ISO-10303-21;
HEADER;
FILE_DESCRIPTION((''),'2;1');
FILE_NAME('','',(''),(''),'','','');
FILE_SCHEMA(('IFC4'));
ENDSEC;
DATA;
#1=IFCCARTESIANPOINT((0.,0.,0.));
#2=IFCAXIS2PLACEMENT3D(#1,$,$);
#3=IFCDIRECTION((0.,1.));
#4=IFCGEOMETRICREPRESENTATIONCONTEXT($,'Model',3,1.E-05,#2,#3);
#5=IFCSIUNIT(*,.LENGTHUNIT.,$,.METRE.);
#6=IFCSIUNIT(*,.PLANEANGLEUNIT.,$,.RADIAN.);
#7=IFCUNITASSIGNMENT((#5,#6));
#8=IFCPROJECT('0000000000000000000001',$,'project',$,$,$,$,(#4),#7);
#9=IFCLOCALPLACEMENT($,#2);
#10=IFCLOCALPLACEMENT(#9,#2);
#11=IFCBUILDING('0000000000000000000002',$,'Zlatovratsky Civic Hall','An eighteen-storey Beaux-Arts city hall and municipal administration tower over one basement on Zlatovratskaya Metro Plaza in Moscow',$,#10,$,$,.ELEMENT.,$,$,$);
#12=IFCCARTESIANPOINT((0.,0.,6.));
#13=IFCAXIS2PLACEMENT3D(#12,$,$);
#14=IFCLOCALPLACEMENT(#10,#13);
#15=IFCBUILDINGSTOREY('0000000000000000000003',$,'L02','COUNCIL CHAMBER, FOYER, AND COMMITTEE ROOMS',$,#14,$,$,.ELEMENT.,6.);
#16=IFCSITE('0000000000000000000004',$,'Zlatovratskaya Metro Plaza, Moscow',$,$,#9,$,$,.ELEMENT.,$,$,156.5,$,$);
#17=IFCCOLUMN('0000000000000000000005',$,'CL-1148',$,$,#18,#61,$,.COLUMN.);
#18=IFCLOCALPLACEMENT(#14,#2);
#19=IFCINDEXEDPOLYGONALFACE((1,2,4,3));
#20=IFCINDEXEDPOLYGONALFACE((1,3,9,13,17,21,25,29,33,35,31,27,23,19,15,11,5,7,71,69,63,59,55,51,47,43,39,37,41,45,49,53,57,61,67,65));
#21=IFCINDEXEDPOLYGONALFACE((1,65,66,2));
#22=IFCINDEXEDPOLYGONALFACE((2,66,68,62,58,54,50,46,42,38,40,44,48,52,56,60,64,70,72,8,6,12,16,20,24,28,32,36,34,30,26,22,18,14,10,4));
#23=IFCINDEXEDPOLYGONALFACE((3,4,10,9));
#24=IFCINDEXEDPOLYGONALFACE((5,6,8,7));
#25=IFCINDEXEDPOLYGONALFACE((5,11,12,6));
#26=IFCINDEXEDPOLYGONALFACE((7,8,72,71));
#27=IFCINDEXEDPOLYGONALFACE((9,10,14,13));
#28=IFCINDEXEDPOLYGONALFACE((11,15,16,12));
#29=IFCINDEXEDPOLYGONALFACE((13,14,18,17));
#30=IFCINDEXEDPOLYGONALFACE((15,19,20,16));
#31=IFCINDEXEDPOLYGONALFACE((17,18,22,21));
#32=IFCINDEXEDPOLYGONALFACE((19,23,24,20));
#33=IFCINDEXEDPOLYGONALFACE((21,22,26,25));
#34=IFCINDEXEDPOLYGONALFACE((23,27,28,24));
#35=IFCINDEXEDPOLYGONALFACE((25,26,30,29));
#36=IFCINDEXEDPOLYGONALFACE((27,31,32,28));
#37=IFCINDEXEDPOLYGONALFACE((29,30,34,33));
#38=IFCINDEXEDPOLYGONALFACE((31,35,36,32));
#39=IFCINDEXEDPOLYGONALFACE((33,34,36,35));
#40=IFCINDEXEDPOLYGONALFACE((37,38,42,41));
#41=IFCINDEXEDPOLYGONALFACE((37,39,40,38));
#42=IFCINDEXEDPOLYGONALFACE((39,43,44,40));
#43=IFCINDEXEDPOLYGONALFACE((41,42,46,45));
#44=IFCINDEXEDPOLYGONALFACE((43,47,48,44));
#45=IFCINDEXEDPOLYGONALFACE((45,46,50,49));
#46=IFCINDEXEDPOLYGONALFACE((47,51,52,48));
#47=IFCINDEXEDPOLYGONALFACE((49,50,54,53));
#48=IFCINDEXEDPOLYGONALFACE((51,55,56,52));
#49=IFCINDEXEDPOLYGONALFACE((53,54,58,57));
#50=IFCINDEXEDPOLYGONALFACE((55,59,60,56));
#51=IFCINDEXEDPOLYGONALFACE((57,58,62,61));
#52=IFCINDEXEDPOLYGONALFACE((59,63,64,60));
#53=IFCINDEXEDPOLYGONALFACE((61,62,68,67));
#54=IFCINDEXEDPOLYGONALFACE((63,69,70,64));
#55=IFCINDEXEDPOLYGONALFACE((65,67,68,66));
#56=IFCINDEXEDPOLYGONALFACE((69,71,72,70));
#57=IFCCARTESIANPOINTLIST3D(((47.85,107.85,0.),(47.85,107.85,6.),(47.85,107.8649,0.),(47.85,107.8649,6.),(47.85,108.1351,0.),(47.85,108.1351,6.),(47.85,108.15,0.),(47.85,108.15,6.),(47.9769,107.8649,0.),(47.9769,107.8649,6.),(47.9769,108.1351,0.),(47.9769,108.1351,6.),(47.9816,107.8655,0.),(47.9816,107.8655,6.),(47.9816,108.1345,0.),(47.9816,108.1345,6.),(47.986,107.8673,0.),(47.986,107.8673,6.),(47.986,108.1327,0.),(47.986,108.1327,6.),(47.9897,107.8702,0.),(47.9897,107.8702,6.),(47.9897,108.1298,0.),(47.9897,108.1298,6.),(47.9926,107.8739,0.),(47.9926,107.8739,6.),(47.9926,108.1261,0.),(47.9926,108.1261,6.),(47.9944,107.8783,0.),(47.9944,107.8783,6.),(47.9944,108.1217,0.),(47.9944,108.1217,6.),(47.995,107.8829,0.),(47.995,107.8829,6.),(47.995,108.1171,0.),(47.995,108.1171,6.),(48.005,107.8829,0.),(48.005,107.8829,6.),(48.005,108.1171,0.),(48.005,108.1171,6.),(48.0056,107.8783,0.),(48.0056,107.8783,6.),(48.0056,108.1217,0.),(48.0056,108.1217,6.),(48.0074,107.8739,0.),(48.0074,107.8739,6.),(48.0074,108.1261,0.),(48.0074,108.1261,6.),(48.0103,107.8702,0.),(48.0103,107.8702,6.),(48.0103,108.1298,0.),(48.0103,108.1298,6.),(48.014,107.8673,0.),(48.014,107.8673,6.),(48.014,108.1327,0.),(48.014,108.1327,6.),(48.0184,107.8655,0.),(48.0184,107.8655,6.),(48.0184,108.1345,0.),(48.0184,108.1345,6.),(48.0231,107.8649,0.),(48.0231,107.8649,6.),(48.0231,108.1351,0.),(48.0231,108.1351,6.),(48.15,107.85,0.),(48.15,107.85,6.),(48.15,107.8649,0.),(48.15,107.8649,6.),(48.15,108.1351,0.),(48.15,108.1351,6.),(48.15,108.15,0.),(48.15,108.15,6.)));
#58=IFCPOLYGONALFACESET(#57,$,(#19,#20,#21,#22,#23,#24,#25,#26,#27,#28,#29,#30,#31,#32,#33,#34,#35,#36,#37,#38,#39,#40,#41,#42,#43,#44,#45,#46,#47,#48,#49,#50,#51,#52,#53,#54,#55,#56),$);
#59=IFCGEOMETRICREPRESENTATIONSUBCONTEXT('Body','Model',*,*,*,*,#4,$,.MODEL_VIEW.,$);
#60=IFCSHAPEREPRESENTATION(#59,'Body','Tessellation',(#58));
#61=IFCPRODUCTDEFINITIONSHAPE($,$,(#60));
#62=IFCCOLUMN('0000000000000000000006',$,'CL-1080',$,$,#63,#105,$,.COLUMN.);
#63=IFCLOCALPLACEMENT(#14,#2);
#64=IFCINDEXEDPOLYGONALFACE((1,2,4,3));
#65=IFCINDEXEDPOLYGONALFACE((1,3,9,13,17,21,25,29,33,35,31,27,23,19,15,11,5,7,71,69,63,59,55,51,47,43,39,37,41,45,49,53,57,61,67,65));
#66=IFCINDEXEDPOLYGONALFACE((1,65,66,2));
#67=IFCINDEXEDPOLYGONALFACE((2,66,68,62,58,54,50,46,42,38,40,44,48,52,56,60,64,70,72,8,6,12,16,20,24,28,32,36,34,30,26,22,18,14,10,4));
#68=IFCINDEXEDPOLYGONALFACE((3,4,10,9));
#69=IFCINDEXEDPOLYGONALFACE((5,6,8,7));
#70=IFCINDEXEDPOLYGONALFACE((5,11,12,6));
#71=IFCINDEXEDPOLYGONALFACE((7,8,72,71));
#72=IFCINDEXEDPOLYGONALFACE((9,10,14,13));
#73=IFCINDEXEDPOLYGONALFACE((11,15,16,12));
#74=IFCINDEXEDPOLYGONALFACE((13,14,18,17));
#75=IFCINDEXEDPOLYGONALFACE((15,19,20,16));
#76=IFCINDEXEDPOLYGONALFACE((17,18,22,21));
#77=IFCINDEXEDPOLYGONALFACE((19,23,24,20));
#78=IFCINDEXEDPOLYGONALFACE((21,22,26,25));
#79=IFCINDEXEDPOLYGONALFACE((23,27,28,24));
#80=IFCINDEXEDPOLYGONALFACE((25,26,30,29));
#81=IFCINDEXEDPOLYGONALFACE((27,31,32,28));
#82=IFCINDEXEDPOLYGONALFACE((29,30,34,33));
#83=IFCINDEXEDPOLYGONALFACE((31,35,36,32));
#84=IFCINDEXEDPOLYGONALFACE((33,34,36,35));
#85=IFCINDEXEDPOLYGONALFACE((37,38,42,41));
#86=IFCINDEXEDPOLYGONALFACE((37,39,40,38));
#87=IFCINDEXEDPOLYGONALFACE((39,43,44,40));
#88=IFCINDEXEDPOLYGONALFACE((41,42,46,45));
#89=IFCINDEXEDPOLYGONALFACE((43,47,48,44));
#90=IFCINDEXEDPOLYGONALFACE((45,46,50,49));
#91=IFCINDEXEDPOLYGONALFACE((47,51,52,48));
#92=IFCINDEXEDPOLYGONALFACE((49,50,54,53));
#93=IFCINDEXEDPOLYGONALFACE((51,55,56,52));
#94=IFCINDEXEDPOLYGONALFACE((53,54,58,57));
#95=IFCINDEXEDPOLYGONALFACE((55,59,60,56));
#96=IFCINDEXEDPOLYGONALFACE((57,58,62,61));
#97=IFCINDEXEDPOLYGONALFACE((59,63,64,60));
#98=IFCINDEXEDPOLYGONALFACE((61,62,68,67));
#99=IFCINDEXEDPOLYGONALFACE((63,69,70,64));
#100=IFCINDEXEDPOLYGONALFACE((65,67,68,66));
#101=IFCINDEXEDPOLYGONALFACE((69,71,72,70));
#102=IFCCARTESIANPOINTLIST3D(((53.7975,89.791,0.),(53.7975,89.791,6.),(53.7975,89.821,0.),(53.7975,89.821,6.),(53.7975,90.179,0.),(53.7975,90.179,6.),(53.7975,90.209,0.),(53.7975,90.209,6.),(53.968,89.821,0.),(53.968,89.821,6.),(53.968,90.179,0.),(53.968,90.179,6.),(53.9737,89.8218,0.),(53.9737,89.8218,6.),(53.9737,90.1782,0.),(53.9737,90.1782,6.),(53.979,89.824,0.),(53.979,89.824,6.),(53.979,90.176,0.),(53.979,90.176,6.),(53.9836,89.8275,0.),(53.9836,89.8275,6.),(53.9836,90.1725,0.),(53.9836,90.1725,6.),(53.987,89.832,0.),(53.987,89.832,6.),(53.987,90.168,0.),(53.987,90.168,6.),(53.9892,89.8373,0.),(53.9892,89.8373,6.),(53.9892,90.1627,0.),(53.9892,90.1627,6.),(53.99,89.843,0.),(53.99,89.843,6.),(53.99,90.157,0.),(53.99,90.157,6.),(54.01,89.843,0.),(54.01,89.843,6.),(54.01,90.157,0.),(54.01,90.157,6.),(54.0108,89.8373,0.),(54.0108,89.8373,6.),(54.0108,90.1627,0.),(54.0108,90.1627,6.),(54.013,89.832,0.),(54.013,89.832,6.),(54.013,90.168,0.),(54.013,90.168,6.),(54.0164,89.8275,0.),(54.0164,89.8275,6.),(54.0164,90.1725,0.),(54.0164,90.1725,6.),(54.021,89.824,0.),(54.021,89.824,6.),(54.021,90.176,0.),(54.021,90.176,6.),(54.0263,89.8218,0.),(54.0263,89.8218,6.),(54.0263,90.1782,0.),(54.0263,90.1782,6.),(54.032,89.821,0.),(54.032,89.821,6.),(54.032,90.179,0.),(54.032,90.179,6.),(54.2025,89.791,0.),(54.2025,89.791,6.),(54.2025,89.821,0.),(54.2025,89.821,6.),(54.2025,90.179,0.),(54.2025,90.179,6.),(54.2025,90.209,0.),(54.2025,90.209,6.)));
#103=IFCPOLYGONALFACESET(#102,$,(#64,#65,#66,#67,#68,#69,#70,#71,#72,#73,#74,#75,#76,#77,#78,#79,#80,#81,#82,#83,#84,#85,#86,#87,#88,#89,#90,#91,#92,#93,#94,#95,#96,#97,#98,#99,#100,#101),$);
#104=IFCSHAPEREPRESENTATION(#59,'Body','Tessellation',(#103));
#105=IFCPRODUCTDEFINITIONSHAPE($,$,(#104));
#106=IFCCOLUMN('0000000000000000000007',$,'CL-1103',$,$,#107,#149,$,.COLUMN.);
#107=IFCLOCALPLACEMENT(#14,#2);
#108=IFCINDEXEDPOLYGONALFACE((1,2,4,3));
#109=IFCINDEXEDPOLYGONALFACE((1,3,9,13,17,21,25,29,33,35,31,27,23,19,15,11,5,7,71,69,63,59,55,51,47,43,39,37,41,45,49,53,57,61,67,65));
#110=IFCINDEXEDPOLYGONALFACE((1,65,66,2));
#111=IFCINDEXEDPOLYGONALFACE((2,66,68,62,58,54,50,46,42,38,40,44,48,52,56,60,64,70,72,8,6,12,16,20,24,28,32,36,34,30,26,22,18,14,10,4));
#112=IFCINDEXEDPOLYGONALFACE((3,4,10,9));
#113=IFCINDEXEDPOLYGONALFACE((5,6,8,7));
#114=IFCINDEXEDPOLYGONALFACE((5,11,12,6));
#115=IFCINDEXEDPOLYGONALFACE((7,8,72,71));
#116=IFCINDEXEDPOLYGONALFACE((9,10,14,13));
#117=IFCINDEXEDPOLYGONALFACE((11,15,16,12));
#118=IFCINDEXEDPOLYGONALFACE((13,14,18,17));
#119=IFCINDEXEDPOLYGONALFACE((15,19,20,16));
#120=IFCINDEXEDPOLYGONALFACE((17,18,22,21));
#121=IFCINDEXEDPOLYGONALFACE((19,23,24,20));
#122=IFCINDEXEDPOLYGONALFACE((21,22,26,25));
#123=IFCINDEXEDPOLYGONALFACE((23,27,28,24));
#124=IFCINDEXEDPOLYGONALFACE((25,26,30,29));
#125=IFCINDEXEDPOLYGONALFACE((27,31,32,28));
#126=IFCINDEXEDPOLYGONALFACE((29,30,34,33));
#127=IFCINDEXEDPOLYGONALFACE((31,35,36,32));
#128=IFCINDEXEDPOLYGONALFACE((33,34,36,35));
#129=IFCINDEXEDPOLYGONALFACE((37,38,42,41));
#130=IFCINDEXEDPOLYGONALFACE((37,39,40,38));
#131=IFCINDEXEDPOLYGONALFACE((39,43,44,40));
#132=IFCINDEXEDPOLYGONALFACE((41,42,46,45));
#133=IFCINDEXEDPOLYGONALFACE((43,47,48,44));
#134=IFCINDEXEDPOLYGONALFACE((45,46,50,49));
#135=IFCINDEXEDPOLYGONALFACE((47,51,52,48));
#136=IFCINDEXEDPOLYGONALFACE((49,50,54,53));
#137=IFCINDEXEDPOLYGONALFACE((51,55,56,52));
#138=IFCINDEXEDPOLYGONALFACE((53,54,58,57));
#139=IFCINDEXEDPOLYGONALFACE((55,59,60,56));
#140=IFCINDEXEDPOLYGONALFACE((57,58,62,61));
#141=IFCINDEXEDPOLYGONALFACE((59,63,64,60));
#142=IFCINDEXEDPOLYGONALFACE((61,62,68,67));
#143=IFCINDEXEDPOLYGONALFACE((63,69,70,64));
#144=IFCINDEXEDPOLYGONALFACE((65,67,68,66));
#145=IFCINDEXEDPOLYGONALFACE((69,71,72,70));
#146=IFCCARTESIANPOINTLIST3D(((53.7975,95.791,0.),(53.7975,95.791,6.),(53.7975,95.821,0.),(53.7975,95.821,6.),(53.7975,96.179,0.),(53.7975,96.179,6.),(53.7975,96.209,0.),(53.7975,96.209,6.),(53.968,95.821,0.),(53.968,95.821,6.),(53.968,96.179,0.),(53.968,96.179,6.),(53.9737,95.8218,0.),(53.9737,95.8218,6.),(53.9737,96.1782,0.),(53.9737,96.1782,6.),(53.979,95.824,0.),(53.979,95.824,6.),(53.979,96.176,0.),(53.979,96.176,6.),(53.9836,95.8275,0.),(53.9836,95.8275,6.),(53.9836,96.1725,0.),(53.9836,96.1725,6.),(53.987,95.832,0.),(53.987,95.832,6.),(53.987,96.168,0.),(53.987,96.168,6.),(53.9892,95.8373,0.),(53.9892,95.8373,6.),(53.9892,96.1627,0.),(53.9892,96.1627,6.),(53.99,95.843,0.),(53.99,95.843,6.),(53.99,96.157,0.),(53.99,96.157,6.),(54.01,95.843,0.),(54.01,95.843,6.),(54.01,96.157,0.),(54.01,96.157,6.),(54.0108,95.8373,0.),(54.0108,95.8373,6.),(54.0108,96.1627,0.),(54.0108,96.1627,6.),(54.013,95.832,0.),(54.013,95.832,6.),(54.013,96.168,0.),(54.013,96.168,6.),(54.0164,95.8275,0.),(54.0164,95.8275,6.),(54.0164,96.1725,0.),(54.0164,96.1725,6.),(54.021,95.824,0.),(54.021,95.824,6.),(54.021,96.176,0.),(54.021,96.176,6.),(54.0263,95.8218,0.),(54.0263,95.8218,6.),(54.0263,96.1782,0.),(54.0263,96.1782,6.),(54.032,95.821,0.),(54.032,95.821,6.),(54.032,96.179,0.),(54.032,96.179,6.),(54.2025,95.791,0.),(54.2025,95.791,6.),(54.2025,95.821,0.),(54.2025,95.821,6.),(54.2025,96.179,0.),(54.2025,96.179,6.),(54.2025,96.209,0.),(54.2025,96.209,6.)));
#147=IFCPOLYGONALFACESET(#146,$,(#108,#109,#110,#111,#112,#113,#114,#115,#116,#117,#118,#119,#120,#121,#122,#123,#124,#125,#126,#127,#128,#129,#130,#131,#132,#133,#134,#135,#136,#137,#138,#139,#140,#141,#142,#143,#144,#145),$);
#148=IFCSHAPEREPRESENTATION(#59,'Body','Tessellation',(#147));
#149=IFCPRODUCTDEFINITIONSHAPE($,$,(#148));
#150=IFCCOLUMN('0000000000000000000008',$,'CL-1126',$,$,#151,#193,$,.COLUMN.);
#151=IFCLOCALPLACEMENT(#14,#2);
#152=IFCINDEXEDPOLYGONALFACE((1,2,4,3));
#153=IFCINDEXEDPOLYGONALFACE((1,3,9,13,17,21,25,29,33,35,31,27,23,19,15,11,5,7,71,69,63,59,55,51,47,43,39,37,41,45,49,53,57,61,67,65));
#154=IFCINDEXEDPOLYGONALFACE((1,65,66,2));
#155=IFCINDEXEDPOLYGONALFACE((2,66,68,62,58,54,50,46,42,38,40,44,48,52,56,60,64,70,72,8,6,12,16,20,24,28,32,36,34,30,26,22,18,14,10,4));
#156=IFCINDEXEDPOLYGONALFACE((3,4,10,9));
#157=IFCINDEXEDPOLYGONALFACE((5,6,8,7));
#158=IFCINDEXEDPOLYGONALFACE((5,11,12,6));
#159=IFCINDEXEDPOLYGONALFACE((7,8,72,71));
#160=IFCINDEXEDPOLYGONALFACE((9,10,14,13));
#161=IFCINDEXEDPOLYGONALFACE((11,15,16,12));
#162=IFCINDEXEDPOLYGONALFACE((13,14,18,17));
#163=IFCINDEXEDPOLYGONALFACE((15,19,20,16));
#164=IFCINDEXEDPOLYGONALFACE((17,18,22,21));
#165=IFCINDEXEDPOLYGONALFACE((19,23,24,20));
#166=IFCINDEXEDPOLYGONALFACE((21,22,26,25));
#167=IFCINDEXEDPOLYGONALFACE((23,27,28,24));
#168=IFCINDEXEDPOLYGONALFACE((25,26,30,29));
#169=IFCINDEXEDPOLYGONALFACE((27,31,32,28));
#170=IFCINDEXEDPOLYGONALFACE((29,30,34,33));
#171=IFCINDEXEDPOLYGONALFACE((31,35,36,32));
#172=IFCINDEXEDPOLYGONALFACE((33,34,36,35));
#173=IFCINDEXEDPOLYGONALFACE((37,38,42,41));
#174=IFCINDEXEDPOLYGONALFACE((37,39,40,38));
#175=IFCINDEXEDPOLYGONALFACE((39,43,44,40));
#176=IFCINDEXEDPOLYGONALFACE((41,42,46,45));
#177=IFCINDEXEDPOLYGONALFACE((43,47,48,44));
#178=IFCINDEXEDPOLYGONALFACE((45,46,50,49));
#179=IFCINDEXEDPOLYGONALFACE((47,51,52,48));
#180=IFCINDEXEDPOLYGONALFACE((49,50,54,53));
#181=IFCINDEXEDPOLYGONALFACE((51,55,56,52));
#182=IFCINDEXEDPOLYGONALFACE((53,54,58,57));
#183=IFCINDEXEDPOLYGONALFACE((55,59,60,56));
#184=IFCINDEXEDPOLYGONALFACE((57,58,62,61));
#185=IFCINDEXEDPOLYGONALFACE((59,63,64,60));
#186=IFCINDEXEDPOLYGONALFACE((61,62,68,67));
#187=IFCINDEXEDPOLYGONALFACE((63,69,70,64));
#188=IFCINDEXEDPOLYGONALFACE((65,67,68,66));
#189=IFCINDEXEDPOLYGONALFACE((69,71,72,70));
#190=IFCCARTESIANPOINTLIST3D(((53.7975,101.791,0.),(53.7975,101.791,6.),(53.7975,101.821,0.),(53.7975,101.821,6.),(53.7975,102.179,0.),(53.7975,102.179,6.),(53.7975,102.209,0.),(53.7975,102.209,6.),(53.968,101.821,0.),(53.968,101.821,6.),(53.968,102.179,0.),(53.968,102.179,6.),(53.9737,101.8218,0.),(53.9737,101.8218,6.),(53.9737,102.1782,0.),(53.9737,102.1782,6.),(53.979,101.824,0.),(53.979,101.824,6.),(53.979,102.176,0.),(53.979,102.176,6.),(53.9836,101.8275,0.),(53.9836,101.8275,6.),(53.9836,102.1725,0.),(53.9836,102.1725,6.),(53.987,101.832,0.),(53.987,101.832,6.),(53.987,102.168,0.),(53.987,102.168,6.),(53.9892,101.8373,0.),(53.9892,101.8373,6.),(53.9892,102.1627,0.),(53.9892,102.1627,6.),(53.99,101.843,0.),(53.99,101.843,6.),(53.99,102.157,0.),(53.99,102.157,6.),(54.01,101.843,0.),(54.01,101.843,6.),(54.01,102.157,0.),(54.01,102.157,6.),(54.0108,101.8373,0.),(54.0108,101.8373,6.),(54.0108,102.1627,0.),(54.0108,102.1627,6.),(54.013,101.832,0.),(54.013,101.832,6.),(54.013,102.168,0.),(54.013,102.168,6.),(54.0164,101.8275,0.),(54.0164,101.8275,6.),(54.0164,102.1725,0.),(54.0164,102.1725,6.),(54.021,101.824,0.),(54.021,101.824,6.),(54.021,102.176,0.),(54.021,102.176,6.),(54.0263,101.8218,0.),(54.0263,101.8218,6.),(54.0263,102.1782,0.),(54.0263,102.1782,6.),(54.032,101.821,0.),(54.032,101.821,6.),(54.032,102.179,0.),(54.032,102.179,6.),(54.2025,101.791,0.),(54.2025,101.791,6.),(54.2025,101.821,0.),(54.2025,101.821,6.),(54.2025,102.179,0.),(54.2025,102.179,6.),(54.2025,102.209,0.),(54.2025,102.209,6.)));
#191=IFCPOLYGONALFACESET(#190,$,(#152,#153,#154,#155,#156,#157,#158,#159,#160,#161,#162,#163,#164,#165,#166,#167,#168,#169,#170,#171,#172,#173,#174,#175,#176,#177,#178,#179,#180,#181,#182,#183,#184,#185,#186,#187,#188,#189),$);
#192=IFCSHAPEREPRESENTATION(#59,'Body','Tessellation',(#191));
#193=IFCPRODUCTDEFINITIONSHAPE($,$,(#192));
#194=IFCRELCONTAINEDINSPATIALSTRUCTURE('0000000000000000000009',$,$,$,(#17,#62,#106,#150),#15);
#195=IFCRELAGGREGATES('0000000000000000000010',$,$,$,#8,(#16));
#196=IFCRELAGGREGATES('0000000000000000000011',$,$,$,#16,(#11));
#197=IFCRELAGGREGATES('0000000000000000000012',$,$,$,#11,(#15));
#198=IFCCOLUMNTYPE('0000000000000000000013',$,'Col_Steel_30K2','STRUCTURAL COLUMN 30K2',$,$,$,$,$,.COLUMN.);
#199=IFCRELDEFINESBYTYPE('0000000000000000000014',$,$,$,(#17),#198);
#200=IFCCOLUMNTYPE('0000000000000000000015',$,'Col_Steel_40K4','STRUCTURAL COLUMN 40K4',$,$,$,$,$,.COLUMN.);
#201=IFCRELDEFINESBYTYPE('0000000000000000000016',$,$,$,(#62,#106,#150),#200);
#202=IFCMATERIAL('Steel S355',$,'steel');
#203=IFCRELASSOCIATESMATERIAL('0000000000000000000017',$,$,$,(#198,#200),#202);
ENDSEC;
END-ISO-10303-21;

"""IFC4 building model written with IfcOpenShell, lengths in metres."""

from ifc_helpers import new_model, si_unit, direction, frame, origin, origin_2d, place, context, subcontext, project, spatial, i_section, extrude, material, material_profile, profile_set, type_object, element, save


model = new_model("IFC4")

# Units and contexts
model_context = context("Model", 3, precision=1e-05, world=origin(), true_north=direction((0.0, 1.0)))
body_context = subcontext(model_context, "Body", "Model", "MODEL_VIEW")
ifc_project = project(units=[si_unit("LENGTHUNIT", "METRE"), si_unit("PLANEANGLEUNIT", "RADIAN")], contexts=[model_context])

# Site, building, storey
site_placement = place(None, origin())
site = spatial("IfcSite", under=ifc_project, at=site_placement, Name="Zlatovratskaya Metro Plaza, Moscow", CompositionType="ELEMENT", RefElevation=156.5)
building_placement = place(site_placement, origin())
building = spatial("IfcBuilding", under=site, at=building_placement, Name="Zlatovratsky Civic Hall", Description="An eighteen-storey Beaux-Arts city hall and municipal administration tower over one basement on Zlatovratskaya Metro Plaza in Moscow", CompositionType="ELEMENT")
storey_placement = place(building_placement, frame((0.0, 0.0, 6.0)))
storey = spatial("IfcBuildingStorey", under=building, at=storey_placement, Name="L02", Description="COUNCIL CHAMBER, FOYER, AND COMMITTEE ROOMS", CompositionType="ELEMENT", Elevation=6.0)

# Columns
ifc_material_1 = material(Name="Steel S355", Category="steel")
ifc_material_profile_1 = material_profile(ifc_material_1, i_section(OverallWidth=0.3, OverallDepth=0.3, WebThickness=0.01, FlangeThickness=0.0149, FilletRadius=0.0181, at=origin_2d()), Name="30K2")
ifc_profile_set_1 = profile_set([ifc_material_profile_1], Name="Steel S355")
column_type_1 = type_object("IfcColumnType", Name="Col_Steel_30K2", Description="STRUCTURAL COLUMN 30K2", PredefinedType="COLUMN", material=ifc_profile_set_1)
for number, where, z_axis, x_axis, name in (
    (1, (48.0, 108.0, 0.0), (0.0, 0.0, 1.0), (1.0, 0.0, 0.0), "CL-1148"),
):
    element("IfcColumn", number, at=place(storey_placement, frame(where, z_axis=z_axis, x_axis=x_axis)), inside=storey, type_object=column_type_1, Name=name, PredefinedType="COLUMN", context=body_context, shape_type="SweptSolid", body=[
        extrude(i_section(OverallWidth=0.3, OverallDepth=0.3, WebThickness=0.01, FlangeThickness=0.0149, FilletRadius=0.0181, at=origin_2d()), origin(), (0.0, 0.0, 1.0), 6.0),
    ])
ifc_material_profile_2 = material_profile(ifc_material_1, i_section(OverallWidth=0.405, OverallDepth=0.418, WebThickness=0.02, FlangeThickness=0.03, FilletRadius=0.022, at=origin_2d()), Name="40K4")
ifc_profile_set_2 = profile_set([ifc_material_profile_2], Name="Steel S355")
column_type_2 = type_object("IfcColumnType", Name="Col_Steel_40K4", Description="STRUCTURAL COLUMN 40K4", PredefinedType="COLUMN", material=ifc_profile_set_2)
for number, where, z_axis, x_axis, name in (
    (2, (54.0, 90.0, 0.0), (0.0, 0.0, 1.0), (1.0, 0.0, 0.0), "CL-1080"),
    (3, (54.0, 96.0, 0.0), (0.0, 0.0, 1.0), (1.0, 0.0, 0.0), "CL-1103"),
    (4, (54.0, 102.0, 0.0), (0.0, 0.0, 1.0), (1.0, 0.0, 0.0), "CL-1126"),
):
    element("IfcColumn", number, at=place(storey_placement, frame(where, z_axis=z_axis, x_axis=x_axis)), inside=storey, type_object=column_type_2, Name=name, PredefinedType="COLUMN", context=body_context, shape_type="SweptSolid", body=[
        extrude(i_section(OverallWidth=0.405, OverallDepth=0.418, WebThickness=0.02, FlangeThickness=0.03, FilletRadius=0.022, at=origin_2d()), origin(), (0.0, 0.0, 1.0), 6.0),
    ])

save(model, "model.ifc")
